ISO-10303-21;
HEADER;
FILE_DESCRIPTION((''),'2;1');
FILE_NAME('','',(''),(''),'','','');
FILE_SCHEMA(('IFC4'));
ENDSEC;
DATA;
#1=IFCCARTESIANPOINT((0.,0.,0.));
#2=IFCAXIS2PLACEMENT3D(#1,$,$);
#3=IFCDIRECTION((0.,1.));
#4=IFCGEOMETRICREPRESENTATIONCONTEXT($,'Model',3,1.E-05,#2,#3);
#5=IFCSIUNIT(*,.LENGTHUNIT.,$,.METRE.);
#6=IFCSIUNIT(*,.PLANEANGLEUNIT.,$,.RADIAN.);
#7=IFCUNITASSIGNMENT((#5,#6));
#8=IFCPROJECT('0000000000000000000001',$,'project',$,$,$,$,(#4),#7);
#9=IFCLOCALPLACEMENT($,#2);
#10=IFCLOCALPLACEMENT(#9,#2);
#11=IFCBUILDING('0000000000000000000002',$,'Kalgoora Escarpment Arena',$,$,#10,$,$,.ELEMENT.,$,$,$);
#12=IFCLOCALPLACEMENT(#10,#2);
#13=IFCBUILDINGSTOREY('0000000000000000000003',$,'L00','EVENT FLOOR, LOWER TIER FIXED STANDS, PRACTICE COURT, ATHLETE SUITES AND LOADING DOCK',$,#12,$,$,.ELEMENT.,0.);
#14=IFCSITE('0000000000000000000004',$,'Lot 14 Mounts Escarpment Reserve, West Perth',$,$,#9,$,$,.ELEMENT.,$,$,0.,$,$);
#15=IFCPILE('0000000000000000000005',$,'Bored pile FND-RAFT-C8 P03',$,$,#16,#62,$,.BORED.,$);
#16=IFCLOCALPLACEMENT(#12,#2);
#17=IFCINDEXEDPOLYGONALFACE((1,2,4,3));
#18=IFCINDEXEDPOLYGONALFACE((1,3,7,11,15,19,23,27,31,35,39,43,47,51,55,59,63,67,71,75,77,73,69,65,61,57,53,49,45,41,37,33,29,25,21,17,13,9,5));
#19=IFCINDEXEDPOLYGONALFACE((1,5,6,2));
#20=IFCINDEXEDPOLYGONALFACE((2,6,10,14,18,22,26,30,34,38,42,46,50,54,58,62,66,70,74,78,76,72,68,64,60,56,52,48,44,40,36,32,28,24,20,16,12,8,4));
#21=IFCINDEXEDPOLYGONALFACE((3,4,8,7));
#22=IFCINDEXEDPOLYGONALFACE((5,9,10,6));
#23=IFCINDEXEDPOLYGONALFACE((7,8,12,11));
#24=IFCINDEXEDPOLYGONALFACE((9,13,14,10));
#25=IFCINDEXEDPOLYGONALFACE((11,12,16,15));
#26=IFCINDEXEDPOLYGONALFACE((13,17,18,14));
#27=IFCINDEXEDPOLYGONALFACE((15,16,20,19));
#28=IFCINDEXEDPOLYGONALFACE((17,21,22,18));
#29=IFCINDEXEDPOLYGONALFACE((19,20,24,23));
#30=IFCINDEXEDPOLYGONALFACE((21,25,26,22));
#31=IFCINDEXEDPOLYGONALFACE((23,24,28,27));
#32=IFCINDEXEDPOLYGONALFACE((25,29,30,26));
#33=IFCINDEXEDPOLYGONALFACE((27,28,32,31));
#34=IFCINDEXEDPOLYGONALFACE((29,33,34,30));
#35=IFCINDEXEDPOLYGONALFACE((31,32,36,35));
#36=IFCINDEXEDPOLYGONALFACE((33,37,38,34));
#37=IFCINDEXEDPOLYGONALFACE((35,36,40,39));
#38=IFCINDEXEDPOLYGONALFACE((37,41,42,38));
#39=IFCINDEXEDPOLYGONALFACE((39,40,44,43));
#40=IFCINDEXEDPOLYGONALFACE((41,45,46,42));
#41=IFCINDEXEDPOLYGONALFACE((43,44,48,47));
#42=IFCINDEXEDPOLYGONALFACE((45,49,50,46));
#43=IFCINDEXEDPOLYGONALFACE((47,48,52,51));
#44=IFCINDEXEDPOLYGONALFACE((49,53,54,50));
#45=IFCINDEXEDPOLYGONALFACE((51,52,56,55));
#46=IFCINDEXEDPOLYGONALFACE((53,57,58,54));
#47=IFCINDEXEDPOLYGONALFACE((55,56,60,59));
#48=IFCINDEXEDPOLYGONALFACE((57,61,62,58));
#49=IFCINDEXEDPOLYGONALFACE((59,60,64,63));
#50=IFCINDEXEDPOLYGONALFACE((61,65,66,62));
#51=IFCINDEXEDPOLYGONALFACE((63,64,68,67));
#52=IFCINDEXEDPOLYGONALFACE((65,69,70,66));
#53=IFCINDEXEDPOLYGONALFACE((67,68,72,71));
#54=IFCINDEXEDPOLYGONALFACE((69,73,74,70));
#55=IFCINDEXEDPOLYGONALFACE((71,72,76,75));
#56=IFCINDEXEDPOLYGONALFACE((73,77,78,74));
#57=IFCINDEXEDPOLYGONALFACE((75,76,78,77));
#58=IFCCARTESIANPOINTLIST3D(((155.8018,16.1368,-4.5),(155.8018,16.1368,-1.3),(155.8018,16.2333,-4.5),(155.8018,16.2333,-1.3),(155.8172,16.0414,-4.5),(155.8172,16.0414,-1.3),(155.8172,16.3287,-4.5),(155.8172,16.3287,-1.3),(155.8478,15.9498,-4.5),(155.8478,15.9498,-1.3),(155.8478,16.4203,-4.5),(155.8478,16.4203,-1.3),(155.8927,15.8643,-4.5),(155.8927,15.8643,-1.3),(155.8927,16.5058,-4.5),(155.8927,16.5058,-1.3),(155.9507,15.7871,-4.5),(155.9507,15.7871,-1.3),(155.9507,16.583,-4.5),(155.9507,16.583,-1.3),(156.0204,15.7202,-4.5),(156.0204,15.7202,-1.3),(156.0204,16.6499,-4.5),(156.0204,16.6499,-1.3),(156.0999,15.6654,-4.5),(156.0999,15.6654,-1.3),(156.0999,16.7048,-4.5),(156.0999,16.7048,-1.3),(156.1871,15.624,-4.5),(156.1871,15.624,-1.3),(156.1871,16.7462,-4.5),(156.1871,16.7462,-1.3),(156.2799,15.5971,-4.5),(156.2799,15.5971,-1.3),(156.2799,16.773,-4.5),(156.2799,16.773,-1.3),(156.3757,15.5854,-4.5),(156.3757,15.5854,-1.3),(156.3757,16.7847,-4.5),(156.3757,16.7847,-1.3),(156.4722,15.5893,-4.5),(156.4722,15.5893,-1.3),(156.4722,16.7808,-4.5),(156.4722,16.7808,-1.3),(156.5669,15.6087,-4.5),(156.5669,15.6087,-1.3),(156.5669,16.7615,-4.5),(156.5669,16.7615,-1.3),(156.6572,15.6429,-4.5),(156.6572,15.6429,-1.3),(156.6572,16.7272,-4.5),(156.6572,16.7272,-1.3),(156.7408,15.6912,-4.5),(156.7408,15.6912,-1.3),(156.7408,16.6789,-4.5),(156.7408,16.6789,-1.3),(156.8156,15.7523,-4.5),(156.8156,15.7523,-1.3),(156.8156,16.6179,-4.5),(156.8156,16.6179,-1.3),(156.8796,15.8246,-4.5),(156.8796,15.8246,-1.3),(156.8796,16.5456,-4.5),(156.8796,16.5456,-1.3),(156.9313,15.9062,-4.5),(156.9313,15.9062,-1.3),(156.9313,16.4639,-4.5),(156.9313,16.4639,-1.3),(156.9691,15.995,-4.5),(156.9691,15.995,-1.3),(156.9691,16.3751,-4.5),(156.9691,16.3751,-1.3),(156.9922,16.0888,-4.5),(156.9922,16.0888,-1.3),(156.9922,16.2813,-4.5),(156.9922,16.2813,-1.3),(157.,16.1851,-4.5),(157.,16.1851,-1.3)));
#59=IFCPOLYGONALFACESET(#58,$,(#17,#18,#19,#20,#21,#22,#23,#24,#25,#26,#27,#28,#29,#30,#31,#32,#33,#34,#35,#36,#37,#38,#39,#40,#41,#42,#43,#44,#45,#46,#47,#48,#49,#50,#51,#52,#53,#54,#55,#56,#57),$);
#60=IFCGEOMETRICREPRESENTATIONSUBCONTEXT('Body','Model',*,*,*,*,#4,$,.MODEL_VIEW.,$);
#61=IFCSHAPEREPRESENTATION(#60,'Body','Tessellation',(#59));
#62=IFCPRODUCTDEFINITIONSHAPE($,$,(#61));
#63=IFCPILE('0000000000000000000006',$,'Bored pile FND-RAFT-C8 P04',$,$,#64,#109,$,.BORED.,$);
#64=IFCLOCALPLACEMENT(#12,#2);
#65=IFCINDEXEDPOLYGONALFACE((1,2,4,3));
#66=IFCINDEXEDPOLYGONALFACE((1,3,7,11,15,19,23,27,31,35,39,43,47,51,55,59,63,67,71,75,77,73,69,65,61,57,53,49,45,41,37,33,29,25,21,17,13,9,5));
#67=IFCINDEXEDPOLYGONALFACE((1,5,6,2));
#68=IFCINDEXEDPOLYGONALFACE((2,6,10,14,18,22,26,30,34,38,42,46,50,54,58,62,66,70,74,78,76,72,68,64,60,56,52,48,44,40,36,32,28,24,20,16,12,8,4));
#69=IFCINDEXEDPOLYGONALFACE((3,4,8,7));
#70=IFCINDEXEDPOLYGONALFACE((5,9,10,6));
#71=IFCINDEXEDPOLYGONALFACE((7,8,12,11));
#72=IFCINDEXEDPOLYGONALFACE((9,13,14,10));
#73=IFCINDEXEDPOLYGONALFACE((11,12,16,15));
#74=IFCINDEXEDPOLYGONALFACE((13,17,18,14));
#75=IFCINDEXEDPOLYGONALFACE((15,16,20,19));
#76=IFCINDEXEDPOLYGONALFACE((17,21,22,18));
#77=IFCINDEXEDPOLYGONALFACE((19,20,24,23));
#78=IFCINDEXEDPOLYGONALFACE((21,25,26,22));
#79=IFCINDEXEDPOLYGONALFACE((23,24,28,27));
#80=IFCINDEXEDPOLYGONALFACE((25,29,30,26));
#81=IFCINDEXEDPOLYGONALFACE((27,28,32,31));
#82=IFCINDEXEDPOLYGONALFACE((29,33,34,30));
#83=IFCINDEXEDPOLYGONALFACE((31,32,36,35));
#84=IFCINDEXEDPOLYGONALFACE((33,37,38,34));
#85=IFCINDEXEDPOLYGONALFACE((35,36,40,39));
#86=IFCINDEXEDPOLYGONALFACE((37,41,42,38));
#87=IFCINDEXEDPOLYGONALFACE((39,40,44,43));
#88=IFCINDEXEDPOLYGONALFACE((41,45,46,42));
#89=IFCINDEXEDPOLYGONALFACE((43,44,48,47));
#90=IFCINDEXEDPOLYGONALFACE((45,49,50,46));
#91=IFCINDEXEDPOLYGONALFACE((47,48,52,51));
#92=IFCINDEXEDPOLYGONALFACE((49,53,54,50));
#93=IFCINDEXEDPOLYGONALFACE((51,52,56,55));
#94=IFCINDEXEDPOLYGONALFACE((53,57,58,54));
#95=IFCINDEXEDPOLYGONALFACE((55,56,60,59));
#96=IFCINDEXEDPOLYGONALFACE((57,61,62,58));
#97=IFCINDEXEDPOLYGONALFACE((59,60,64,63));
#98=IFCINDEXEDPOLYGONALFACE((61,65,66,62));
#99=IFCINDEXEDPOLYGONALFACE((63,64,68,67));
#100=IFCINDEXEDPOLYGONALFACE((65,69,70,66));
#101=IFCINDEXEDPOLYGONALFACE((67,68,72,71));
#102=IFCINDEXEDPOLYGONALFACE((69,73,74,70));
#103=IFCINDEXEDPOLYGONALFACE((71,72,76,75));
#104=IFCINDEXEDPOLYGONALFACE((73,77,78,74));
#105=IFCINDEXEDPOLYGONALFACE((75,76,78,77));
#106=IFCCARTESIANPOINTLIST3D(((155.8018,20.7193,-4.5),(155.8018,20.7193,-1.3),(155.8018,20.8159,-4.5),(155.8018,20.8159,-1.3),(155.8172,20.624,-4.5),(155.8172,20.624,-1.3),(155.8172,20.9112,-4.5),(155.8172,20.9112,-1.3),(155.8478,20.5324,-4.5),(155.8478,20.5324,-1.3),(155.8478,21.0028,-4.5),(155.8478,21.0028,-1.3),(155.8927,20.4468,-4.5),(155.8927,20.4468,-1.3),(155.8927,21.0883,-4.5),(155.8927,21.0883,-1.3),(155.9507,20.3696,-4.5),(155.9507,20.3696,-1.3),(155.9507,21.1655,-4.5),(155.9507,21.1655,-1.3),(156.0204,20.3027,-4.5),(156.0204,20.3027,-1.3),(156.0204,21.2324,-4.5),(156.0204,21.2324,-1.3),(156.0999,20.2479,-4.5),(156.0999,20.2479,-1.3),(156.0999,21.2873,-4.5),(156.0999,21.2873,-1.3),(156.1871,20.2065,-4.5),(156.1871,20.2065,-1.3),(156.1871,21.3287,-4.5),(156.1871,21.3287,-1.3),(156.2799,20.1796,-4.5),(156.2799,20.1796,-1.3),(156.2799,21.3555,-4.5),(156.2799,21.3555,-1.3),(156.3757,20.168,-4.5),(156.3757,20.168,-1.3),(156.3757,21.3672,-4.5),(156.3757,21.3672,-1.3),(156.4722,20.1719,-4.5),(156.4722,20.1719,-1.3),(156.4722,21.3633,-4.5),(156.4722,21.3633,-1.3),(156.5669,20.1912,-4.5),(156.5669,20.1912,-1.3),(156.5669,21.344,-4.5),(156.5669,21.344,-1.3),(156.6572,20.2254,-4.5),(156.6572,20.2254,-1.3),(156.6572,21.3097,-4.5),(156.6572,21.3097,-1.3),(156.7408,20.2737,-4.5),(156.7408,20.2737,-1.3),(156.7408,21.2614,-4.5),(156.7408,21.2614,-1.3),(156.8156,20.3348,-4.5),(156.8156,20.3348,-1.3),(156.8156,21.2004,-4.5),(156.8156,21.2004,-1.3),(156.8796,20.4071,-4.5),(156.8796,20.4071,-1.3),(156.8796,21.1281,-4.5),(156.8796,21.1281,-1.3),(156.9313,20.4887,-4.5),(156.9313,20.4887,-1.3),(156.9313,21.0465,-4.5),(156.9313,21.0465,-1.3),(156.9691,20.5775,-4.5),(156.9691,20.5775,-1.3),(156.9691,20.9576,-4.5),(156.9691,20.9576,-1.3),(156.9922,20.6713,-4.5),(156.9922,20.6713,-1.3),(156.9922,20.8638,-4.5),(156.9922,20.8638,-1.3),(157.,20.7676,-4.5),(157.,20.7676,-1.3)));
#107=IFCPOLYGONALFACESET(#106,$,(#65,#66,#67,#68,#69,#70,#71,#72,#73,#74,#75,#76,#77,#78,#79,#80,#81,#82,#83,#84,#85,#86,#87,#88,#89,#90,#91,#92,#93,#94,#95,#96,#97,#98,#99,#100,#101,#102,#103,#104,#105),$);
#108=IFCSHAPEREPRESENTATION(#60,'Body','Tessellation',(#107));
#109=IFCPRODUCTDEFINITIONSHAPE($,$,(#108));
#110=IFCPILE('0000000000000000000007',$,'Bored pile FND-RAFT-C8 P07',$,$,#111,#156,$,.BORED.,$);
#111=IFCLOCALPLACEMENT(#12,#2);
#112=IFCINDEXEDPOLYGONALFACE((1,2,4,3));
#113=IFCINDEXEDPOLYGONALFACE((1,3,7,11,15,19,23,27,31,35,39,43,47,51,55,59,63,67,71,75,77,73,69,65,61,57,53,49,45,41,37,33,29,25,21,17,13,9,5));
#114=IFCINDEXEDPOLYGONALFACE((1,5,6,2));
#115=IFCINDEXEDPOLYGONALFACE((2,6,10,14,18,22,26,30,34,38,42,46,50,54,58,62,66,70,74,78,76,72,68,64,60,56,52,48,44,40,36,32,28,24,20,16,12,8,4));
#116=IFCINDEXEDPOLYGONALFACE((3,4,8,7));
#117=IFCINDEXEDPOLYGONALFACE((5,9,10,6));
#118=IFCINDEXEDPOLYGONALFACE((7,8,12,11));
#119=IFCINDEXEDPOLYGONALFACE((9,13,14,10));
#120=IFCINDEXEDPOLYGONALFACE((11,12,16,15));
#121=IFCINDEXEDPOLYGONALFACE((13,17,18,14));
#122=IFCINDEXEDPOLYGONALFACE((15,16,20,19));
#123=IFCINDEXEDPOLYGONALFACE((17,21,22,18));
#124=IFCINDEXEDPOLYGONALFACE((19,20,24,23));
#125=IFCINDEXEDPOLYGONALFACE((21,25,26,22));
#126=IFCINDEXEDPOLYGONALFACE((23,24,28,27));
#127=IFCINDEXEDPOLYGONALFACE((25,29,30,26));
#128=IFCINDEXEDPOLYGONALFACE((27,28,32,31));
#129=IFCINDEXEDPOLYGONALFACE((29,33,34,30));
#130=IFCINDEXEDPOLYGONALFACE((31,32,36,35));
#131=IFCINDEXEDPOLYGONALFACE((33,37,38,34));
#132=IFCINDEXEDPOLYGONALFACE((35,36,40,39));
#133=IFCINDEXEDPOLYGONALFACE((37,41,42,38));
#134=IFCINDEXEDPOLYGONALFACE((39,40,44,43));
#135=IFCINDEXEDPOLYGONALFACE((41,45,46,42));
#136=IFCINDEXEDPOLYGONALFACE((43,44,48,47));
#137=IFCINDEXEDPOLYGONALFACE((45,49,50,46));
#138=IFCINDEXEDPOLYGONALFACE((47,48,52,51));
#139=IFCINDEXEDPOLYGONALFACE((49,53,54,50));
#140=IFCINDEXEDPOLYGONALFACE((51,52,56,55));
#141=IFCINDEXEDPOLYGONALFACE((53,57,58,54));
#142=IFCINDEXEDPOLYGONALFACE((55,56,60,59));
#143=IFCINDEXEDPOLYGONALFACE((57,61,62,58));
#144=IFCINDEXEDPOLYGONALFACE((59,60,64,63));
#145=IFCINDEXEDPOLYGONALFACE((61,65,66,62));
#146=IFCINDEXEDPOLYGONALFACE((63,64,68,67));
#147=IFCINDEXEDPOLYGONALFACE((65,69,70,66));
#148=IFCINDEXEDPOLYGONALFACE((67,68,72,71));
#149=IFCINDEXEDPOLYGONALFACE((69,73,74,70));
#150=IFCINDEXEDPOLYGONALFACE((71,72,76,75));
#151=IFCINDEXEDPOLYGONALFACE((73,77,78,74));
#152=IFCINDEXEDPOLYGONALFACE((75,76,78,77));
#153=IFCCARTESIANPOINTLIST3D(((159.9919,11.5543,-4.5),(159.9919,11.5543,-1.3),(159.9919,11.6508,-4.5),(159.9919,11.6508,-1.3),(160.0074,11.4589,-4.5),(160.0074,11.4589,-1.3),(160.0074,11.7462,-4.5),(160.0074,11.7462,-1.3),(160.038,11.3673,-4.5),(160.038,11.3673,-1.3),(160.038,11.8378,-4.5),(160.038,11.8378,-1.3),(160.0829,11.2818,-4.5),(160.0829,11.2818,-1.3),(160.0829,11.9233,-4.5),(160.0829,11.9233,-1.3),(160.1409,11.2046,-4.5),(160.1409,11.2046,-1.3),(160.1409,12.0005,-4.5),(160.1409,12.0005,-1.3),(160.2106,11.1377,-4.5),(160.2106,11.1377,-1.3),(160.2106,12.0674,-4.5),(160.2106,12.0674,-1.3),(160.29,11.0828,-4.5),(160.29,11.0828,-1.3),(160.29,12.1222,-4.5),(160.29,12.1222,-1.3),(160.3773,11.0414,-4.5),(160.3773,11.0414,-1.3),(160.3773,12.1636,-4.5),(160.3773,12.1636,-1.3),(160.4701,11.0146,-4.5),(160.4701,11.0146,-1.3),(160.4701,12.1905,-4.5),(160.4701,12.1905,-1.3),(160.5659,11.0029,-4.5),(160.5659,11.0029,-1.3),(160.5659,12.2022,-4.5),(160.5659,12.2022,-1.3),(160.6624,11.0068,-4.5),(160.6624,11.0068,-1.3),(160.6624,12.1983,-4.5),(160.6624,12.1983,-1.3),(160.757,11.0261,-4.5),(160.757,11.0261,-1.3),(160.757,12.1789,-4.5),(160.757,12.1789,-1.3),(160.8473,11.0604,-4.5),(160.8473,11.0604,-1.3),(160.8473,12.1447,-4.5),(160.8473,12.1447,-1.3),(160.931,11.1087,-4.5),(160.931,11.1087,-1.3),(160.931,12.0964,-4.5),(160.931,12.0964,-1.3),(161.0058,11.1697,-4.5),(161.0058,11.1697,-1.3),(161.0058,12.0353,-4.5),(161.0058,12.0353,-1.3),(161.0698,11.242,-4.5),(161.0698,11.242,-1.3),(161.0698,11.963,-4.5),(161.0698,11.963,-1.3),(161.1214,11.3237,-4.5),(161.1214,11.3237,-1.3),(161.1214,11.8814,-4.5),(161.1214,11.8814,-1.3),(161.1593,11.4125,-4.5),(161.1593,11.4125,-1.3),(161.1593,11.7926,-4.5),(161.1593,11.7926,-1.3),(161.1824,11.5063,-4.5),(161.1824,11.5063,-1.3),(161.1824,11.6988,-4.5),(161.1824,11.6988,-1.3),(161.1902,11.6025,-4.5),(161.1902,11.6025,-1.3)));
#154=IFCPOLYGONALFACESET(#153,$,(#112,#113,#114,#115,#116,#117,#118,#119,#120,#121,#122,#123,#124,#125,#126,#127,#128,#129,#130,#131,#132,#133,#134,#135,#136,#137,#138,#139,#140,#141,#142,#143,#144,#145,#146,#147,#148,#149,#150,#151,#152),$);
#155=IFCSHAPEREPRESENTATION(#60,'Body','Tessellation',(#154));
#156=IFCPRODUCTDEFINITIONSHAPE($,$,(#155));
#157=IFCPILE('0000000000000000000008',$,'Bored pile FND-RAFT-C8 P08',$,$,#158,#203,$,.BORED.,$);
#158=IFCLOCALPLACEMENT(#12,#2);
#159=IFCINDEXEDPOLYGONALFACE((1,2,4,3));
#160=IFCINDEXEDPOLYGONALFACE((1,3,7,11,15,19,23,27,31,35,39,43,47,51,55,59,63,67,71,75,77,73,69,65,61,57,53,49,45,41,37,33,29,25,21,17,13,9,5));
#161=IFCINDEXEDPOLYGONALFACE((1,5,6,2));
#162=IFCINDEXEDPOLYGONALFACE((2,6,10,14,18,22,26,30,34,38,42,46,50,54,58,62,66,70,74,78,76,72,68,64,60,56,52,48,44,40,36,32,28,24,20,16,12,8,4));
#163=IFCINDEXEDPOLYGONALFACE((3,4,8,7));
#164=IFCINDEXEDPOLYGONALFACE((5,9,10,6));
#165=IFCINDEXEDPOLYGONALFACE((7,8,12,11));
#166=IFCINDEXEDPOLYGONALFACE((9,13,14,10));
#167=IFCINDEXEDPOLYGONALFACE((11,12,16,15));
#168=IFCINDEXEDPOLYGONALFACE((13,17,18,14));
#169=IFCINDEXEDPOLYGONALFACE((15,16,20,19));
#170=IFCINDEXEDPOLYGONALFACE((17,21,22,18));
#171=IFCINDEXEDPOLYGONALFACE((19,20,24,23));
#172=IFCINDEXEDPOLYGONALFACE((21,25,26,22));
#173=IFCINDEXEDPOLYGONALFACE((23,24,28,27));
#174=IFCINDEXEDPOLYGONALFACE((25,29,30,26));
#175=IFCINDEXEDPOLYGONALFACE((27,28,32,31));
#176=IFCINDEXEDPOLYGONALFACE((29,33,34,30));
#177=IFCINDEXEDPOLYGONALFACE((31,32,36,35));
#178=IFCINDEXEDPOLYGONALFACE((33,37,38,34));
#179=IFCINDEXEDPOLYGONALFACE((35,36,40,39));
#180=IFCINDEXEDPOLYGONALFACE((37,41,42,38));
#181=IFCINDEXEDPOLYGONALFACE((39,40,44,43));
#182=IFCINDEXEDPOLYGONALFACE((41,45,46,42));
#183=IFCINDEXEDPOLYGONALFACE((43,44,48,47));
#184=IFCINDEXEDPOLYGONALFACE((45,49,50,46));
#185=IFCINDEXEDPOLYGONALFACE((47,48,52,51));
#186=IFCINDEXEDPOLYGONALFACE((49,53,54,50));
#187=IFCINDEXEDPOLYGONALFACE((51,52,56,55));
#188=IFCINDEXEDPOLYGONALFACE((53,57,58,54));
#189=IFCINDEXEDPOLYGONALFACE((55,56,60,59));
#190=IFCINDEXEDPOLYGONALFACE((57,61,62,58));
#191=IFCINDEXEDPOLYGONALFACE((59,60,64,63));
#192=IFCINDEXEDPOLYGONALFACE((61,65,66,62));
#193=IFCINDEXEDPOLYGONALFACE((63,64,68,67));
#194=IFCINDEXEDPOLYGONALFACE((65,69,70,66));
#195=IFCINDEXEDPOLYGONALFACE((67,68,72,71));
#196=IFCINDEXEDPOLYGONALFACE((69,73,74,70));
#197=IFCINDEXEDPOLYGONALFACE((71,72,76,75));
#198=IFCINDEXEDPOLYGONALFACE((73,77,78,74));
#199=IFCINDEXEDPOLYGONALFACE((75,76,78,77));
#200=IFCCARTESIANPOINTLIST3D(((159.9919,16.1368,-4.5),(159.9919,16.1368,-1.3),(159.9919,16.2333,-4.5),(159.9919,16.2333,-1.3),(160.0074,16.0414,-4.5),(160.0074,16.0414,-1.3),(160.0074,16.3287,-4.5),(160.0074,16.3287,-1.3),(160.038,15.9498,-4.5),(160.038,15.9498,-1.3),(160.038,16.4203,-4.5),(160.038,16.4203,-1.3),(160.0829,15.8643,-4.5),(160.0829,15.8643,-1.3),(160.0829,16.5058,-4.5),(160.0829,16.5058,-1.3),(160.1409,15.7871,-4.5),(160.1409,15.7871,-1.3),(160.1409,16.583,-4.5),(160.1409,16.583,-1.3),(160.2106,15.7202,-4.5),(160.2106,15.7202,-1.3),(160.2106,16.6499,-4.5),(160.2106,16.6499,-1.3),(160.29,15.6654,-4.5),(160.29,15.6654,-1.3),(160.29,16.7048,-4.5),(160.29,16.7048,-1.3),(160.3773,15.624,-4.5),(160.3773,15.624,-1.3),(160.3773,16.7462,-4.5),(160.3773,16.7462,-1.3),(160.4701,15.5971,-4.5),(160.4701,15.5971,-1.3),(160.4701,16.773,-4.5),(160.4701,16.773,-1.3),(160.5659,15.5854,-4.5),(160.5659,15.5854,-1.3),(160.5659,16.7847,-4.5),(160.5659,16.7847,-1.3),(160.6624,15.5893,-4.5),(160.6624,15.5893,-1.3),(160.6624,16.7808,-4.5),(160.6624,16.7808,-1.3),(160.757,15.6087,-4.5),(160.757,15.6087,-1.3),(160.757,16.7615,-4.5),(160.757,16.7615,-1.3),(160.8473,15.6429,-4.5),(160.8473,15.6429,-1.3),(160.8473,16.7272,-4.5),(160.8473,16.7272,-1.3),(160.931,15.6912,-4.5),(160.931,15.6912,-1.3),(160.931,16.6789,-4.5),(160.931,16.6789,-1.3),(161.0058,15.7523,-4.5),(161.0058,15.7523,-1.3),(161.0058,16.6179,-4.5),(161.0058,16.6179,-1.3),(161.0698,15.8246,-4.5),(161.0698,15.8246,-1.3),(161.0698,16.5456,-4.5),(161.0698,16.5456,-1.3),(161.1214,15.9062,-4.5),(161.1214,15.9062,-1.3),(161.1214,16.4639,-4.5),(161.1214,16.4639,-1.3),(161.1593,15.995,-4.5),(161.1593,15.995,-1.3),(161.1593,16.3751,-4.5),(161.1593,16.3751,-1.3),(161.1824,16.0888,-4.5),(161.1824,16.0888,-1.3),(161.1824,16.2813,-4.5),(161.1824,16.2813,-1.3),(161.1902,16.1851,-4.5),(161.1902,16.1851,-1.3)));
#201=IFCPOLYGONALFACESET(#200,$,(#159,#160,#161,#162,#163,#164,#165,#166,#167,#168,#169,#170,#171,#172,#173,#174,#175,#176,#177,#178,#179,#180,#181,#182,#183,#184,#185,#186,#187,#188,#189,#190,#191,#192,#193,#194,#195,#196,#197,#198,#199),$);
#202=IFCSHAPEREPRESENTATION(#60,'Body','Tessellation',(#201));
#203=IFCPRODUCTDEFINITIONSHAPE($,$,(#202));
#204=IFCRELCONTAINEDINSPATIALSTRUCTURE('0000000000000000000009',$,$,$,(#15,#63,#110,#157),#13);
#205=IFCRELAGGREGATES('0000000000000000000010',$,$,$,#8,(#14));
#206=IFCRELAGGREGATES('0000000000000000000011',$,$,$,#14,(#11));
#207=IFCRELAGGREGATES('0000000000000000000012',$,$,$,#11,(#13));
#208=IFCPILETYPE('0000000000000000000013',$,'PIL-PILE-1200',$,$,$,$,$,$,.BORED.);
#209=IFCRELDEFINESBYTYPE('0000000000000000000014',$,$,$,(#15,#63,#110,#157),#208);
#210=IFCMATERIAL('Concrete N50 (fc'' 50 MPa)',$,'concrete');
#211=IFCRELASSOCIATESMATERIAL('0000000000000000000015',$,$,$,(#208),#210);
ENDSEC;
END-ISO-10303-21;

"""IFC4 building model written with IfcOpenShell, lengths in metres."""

from ifc_helpers import new_model, si_unit, direction, frame, origin, origin_2d, place, context, subcontext, project, spatial, circle, extrude, material, material_profile, profile_set, type_object, element, save


model = new_model("IFC4")

# Units and contexts
model_context = context("Model", 3, precision=1e-05, world=origin(), true_north=direction((0.0, 1.0)))
body_context = subcontext(model_context, "Body", "Model", "MODEL_VIEW")
ifc_project = project(units=[si_unit("LENGTHUNIT", "METRE"), si_unit("PLANEANGLEUNIT", "RADIAN")], contexts=[model_context])

# Site, building, storey
site_placement = place(None, origin())
site = spatial("IfcSite", under=ifc_project, at=site_placement, Name="Lot 14 Mounts Escarpment Reserve, West Perth", CompositionType="ELEMENT", RefElevation=0.0)
building_placement = place(site_placement, origin())
building = spatial("IfcBuilding", under=site, at=building_placement, Name="Kalgoora Escarpment Arena", CompositionType="ELEMENT")
storey_placement = place(building_placement, origin())
storey = spatial("IfcBuildingStorey", under=building, at=storey_placement, Name="L00", Description="EVENT FLOOR, LOWER TIER FIXED STANDS, PRACTICE COURT, ATHLETE SUITES AND LOADING DOCK", CompositionType="ELEMENT", Elevation=0.0)

# Piles
ifc_material_1 = material(Name="Concrete N50 (fc' 50 MPa)", Category="concrete")
ifc_material_profile_1 = material_profile(ifc_material_1, circle(Radius=0.6001, at=origin_2d()))
ifc_profile_set_1 = profile_set([ifc_material_profile_1], Name="Concrete N50 (fc' 50 MPa)")
pile_type_1 = type_object("IfcPileType", Name="PIL-PILE-1200", PredefinedType="BORED", material=ifc_profile_set_1)
for number, where, z_axis, x_axis, name in (
    (1, (156.3999, 16.1851, -1.3), (0.0, 0.0, -1.0), (1.0, 0.0, 0.0), "Bored pile FND-RAFT-C8 P03"),
    (2, (156.3999, 20.7676, -1.3), (0.0, 0.0, -1.0), (1.0, 0.0, 0.0), "Bored pile FND-RAFT-C8 P04"),
    (3, (160.5901, 11.6025, -1.3), (0.0, 0.0, -1.0), (1.0, 0.0, 0.0), "Bored pile FND-RAFT-C8 P07"),
    (4, (160.5901, 16.1851, -1.3), (0.0, 0.0, -1.0), (1.0, 0.0, 0.0), "Bored pile FND-RAFT-C8 P08"),
):
    element("IfcPile", number, at=place(storey_placement, frame(where, z_axis=z_axis, x_axis=x_axis)), inside=storey, type_object=pile_type_1, Name=name, PredefinedType="BORED", context=body_context, shape_type="SweptSolid", body=[
        extrude(circle(Radius=0.6001, at=origin_2d()), origin(), (0.0, 0.0, 1.0), 3.2),
    ])

save(model, "model.ifc")
